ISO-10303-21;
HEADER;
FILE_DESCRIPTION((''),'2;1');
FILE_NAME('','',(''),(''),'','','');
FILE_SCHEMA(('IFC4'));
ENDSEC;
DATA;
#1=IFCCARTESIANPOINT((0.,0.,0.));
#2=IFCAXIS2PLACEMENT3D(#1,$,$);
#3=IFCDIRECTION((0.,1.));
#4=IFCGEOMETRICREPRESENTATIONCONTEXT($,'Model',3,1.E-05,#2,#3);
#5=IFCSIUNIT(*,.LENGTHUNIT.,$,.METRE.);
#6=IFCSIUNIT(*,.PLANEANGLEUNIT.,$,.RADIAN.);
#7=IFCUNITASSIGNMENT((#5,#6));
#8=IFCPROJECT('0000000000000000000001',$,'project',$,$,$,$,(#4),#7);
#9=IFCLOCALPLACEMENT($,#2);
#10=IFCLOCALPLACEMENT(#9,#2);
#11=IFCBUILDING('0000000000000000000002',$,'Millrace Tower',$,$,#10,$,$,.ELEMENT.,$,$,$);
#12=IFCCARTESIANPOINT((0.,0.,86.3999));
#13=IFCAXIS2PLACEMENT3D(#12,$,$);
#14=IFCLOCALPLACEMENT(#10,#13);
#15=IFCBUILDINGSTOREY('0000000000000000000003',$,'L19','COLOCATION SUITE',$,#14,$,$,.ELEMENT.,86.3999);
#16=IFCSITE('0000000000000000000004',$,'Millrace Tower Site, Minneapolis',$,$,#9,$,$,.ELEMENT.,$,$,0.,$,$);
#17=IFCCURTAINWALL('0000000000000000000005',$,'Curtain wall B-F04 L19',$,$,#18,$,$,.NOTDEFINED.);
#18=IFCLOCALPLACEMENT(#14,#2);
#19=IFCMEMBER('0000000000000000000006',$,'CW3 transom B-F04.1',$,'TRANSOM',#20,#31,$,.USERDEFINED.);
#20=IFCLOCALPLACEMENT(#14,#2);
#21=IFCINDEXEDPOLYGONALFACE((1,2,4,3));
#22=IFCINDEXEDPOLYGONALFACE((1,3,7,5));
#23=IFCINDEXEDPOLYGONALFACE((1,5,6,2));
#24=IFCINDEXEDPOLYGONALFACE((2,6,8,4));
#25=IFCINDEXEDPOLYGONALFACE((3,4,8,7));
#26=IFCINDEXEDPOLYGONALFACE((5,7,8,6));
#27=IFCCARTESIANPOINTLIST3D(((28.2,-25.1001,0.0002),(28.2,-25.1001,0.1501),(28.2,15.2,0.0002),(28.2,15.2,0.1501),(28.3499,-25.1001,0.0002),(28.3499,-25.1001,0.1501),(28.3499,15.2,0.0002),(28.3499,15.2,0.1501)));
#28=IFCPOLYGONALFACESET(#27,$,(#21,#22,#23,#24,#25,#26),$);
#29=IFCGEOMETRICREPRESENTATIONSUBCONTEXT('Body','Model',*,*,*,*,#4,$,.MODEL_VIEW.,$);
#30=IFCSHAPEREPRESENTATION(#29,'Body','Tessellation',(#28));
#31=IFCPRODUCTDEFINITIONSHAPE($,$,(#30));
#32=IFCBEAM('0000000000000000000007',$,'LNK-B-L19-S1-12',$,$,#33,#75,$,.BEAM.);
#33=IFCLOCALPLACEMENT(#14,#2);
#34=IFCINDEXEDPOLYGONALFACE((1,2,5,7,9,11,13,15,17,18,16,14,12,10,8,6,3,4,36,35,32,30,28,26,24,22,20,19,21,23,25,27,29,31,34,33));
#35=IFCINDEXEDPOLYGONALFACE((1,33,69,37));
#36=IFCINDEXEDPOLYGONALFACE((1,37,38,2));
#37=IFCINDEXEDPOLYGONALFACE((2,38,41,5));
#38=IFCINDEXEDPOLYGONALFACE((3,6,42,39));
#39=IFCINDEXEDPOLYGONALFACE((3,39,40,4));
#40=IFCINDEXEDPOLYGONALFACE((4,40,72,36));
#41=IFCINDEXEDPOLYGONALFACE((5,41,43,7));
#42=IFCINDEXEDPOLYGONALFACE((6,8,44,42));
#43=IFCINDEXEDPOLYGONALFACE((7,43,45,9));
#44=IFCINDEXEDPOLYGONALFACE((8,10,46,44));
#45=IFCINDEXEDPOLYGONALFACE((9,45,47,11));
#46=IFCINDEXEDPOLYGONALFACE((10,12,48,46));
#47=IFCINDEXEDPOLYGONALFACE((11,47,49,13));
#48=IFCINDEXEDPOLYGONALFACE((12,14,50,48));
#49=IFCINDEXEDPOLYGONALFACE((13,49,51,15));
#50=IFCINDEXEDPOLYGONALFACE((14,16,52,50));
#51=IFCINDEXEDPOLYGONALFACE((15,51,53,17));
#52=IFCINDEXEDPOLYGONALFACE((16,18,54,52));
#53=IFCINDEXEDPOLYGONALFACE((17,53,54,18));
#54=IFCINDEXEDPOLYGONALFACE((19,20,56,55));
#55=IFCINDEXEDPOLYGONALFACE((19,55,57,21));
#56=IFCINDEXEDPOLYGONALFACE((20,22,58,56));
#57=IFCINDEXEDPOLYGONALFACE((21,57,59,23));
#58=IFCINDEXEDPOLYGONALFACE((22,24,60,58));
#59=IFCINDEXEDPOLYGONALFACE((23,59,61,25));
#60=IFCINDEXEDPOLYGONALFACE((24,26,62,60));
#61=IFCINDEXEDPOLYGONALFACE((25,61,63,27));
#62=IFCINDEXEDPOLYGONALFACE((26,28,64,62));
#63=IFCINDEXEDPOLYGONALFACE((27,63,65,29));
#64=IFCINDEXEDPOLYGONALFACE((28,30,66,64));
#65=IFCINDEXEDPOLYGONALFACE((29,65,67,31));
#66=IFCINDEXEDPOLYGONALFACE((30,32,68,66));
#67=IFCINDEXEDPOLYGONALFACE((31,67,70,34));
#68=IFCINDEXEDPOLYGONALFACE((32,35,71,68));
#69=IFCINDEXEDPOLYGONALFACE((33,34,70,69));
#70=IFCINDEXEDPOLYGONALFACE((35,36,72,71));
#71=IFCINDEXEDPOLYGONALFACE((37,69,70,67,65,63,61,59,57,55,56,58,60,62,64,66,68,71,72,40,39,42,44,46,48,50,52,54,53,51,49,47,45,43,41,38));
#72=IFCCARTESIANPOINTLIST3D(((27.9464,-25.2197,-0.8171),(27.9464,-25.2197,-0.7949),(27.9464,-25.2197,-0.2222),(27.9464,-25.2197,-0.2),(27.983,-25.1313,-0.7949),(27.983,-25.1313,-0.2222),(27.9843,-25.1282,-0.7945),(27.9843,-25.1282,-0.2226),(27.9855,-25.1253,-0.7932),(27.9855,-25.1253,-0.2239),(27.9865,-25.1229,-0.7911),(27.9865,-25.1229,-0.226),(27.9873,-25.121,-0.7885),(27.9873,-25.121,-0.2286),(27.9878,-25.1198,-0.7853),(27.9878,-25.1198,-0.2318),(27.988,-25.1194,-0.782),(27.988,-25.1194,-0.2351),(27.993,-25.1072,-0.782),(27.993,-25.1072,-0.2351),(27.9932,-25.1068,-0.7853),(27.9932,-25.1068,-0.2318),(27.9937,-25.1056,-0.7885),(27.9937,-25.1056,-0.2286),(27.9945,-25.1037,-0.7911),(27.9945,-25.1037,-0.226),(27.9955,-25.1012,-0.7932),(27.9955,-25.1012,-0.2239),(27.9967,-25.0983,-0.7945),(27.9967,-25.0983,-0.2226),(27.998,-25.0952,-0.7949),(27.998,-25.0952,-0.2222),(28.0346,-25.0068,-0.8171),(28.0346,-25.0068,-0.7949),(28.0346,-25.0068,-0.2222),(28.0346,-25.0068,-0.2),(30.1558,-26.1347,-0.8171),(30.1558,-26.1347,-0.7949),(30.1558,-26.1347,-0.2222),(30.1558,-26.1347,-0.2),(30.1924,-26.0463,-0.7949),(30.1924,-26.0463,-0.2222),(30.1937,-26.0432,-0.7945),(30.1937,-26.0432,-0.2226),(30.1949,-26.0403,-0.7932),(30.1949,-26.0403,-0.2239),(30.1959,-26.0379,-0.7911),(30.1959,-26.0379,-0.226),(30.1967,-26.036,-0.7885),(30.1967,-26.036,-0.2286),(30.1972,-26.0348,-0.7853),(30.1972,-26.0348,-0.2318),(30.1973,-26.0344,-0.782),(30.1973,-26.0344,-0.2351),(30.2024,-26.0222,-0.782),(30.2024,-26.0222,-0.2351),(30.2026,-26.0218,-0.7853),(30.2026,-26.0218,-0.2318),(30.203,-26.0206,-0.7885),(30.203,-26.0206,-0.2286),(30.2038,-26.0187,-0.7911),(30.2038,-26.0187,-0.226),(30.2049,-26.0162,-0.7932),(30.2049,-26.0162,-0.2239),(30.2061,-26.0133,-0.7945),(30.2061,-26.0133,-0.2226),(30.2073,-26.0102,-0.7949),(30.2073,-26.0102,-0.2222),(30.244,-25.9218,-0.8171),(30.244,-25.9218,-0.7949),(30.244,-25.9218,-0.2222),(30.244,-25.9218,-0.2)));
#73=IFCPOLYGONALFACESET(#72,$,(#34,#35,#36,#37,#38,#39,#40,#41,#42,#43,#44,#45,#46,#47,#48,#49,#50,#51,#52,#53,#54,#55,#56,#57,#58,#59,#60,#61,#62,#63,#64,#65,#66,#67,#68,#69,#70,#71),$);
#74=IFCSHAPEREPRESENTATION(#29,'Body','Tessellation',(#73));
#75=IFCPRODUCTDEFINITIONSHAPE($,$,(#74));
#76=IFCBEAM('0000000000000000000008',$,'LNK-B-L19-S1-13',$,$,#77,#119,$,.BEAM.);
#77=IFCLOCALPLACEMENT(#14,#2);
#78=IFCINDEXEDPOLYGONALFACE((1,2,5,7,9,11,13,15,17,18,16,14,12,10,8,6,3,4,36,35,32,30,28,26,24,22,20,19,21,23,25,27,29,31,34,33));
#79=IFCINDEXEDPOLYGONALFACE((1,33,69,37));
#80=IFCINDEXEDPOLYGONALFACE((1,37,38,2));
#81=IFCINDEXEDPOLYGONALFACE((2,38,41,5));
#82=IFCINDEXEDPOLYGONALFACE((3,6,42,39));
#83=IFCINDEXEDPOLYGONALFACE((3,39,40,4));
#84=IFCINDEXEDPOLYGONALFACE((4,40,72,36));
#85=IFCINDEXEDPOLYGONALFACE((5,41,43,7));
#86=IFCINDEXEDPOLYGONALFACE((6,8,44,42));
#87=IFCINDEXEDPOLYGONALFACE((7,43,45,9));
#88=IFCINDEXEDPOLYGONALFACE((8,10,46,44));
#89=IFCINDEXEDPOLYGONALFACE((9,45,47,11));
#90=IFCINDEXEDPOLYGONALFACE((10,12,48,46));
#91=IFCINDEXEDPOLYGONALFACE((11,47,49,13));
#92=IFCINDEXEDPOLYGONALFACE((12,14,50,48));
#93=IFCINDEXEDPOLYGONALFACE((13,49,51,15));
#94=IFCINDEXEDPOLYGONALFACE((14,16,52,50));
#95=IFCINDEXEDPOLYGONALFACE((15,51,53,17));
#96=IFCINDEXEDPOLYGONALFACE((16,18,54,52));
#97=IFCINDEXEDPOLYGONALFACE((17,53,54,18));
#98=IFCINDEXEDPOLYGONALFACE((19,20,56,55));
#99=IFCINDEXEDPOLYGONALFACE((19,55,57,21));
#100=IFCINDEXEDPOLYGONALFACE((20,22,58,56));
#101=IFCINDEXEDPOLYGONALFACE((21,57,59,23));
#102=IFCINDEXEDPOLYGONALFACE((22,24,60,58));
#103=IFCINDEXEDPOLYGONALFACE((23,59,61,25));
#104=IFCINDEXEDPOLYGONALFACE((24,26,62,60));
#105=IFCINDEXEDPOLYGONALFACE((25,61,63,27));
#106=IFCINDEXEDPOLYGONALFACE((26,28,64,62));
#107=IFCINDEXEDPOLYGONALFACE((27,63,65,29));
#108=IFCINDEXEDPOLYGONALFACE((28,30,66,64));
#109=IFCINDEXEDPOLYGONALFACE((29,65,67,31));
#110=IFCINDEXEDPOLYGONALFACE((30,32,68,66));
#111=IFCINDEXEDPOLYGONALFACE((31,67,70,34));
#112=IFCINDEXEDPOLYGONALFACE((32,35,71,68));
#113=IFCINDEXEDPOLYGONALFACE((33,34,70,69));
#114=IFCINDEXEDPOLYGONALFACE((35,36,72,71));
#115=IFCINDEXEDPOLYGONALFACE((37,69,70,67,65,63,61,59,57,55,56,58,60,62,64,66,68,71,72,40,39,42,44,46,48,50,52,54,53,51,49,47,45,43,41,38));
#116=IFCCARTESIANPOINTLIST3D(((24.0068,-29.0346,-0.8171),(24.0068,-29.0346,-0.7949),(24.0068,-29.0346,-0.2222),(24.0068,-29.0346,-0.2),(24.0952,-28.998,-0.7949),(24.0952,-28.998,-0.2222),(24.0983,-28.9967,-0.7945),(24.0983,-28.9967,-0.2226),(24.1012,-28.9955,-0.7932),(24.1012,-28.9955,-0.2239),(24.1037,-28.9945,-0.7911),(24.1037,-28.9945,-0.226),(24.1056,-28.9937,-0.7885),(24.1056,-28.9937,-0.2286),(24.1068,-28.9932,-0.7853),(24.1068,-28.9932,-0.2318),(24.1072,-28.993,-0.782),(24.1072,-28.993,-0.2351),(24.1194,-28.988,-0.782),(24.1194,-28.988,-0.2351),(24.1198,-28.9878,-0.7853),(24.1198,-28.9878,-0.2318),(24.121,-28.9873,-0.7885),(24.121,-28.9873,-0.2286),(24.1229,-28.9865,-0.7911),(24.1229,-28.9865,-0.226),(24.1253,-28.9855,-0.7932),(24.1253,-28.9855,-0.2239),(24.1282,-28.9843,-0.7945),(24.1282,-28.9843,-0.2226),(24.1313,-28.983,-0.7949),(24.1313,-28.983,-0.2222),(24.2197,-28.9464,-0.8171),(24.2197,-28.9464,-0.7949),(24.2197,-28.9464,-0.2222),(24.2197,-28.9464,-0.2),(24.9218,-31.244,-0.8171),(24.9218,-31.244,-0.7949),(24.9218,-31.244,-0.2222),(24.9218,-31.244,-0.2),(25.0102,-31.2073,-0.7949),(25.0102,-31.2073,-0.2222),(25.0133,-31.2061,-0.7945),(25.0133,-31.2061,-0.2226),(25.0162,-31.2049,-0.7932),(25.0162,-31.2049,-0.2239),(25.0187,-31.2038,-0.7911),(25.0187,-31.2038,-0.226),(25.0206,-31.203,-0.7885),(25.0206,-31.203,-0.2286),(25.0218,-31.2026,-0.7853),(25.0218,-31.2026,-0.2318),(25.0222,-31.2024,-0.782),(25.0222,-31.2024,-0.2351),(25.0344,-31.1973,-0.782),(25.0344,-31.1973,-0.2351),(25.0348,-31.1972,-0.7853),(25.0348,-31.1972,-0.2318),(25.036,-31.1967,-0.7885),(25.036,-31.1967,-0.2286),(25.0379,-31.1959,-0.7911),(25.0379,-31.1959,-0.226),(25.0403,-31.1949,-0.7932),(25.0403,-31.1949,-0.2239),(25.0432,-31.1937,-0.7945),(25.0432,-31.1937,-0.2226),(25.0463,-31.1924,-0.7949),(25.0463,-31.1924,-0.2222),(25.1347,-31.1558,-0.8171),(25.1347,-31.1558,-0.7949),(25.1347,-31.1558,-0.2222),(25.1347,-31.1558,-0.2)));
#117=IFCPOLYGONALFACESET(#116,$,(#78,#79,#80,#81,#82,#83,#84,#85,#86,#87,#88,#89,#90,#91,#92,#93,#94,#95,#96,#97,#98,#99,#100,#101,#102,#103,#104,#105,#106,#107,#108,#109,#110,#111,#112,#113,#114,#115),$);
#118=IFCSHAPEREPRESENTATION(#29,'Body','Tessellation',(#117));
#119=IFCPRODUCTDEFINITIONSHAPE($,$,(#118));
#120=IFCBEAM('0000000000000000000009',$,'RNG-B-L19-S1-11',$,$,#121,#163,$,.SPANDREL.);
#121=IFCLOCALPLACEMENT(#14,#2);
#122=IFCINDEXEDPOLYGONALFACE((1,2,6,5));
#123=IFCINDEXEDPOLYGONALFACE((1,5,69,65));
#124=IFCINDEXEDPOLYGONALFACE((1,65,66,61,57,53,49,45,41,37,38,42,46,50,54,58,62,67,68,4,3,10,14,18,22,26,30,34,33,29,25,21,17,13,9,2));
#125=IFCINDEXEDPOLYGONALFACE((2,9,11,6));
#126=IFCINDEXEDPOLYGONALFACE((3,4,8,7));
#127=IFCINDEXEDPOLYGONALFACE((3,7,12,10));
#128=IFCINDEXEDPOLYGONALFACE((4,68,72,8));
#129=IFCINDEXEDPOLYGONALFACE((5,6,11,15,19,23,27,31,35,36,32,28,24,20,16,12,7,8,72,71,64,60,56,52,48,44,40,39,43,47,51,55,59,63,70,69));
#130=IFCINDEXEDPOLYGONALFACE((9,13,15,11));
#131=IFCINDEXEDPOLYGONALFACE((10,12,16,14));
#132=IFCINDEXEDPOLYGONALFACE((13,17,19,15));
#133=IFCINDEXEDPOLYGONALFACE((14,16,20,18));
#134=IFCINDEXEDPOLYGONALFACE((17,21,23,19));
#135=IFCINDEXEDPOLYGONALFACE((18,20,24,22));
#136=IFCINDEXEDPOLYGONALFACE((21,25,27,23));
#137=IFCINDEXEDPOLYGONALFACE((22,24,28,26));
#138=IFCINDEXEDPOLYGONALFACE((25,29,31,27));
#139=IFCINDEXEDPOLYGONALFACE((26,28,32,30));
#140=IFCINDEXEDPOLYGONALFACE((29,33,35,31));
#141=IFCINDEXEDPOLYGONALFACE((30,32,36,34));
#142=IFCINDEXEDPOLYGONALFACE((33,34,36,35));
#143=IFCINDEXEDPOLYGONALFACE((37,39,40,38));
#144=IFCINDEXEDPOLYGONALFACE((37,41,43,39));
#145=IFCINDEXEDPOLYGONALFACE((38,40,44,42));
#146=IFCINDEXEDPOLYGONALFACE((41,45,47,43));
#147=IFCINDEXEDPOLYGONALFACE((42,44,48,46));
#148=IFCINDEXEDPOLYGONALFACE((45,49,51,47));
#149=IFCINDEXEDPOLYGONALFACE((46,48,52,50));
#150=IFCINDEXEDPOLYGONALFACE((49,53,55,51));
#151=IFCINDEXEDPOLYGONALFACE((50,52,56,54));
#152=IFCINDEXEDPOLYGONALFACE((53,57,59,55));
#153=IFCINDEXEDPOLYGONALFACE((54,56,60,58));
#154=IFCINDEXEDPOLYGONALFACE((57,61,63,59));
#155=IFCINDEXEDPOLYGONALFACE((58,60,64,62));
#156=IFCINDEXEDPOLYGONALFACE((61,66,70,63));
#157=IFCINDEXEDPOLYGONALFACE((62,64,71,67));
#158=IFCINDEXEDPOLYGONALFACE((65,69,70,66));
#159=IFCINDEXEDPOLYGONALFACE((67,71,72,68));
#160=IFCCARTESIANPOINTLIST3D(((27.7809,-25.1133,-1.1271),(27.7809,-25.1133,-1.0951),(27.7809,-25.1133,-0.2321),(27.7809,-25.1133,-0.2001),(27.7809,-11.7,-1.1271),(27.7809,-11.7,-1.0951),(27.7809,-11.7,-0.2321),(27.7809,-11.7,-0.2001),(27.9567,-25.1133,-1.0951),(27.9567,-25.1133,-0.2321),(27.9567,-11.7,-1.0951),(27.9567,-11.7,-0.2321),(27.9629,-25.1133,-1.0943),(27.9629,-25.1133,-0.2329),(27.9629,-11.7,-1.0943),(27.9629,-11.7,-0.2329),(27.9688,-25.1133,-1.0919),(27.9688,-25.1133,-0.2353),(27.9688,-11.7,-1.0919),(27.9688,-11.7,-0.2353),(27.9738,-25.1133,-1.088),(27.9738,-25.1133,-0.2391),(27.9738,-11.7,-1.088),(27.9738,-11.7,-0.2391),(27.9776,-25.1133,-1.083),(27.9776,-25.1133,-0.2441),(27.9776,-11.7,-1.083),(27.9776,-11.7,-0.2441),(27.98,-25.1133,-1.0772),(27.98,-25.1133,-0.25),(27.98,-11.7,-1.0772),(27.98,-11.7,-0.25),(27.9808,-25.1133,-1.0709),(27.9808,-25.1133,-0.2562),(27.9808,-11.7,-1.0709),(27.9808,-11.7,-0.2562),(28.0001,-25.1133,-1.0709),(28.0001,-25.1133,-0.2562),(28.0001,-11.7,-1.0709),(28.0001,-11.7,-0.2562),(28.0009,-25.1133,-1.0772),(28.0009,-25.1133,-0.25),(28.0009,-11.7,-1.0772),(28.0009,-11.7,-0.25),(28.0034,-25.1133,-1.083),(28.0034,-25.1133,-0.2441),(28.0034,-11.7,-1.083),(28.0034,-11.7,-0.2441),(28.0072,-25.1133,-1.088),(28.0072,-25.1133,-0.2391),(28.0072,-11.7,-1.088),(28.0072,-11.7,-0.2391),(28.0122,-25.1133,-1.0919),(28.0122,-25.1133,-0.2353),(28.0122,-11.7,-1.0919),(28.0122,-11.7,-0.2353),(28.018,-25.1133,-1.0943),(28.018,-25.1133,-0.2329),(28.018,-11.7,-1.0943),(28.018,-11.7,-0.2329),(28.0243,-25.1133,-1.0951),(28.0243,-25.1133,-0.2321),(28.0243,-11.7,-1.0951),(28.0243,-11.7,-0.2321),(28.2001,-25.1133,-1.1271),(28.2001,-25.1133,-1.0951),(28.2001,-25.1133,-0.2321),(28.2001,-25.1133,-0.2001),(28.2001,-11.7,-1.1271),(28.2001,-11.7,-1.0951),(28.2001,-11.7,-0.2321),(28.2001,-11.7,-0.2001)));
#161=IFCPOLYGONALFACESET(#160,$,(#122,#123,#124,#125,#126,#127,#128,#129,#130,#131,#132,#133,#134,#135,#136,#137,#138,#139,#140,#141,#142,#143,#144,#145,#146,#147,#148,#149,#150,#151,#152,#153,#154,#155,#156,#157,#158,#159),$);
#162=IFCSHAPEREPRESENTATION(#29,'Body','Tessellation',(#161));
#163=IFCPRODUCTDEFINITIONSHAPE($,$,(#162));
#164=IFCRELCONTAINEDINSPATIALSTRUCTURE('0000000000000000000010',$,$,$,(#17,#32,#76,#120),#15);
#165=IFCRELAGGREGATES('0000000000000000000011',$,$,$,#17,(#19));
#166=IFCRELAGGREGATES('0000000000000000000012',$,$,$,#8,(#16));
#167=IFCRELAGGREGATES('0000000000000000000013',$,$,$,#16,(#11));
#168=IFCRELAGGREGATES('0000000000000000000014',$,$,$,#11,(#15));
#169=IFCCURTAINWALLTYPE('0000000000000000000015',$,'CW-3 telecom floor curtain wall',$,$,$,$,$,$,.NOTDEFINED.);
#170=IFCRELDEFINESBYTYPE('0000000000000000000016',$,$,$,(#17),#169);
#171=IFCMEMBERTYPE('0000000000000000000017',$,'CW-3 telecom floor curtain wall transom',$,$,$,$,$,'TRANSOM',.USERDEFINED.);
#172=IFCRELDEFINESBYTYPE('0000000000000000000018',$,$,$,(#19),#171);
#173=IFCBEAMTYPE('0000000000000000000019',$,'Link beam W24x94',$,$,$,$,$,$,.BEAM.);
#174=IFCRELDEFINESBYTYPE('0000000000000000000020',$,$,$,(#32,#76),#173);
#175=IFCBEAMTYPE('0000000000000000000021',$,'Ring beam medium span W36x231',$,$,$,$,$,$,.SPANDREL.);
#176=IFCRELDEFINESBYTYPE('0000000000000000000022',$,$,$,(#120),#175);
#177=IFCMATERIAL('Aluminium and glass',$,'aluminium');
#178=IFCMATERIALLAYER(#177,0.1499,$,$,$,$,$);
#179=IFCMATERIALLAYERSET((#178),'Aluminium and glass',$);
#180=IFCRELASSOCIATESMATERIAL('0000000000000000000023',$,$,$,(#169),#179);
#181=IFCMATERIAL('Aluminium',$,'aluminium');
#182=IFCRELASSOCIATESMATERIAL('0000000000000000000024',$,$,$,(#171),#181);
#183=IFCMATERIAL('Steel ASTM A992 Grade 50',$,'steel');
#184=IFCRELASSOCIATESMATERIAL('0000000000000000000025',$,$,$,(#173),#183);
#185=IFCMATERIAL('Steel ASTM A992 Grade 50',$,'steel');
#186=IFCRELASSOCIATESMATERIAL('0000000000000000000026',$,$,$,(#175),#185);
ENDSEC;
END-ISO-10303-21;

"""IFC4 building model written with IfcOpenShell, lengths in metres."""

from ifc_helpers import new_model, si_unit, direction, frame, origin, origin_2d, place, context, subcontext, project, spatial, rectangle, i_section, extrude, material, layer, layer_set, material_profile, profile_set, type_object, element, aggregate, save


model = new_model("IFC4")

# Units and contexts
model_context = context("Model", 3, precision=1e-05, world=origin(), true_north=direction((0.0, 1.0)))
body_context = subcontext(model_context, "Body", "Model", "MODEL_VIEW")
ifc_project = project(units=[si_unit("LENGTHUNIT", "METRE"), si_unit("PLANEANGLEUNIT", "RADIAN")], contexts=[model_context])

# Site, building, storey
site_placement = place(None, origin())
site = spatial("IfcSite", under=ifc_project, at=site_placement, Name="Millrace Tower Site, Minneapolis", CompositionType="ELEMENT", RefElevation=0.0)
building_placement = place(site_placement, origin())
building = spatial("IfcBuilding", under=site, at=building_placement, Name="Millrace Tower", CompositionType="ELEMENT")
storey_placement = place(building_placement, frame((0.0, 0.0, 86.3999)))
storey = spatial("IfcBuildingStorey", under=building, at=storey_placement, Name="L19", Description="COLOCATION SUITE", CompositionType="ELEMENT", Elevation=86.3999)

# Shared definitions
ifc_material_1 = material(Name="Aluminium and glass", Category="aluminium")
ifc_layer_1 = layer(ifc_material_1, 0.1499)
ifc_layer_set_1 = layer_set([ifc_layer_1], Name="Aluminium and glass")
curtain_wall_type = type_object("IfcCurtainWallType", Name="CW-3 telecom floor curtain wall", PredefinedType="NOTDEFINED", material=ifc_layer_set_1)
placement = place(storey_placement, origin())

# Curtain wall
curtain_wall_1 = element("IfcCurtainWall", 1, at=placement, inside=storey, type_object=curtain_wall_type, Name="Curtain wall B-F04 L19", PredefinedType="NOTDEFINED")

# Member
ifc_material_2 = material(Name="Aluminium", Category="aluminium")
ifc_material_profile_1 = material_profile(ifc_material_2, rectangle(XDim=0.1499, YDim=0.1499, at=origin_2d()))
ifc_profile_set_1 = profile_set([ifc_material_profile_1], Name="Aluminium")
member_type_1 = type_object("IfcMemberType", Name="CW-3 telecom floor curtain wall transom", ElementType="TRANSOM", PredefinedType="USERDEFINED", material=ifc_profile_set_1)
member_1_placement = place(storey_placement, frame((28.2749, -25.1001, 0.0752), z_axis=(0.0, 1.0, 0.0), x_axis=(-1.0, 0.0, 0.0)))
member_1 = element("IfcMember", 2, at=member_1_placement, type_object=member_type_1, Name="CW3 transom B-F04.1", ObjectType="TRANSOM", PredefinedType="USERDEFINED", context=body_context, shape_type="SweptSolid", body=[
    extrude(rectangle(XDim=0.1499, YDim=0.1499, at=origin_2d()), origin(), (0.0, 0.0, 1.0), 40.3),
])
aggregate(curtain_wall_1, [member_1])

# Beams
ifc_material_3 = material(Name="Steel ASTM A992 Grade 50", Category="steel")
ifc_material_profile_2 = material_profile(ifc_material_3, i_section(OverallWidth=0.2305, OverallDepth=0.6172, WebThickness=0.0132, FlangeThickness=0.0222, FilletRadius=0.0129, at=origin_2d()))
ifc_profile_set_2 = profile_set([ifc_material_profile_2], Name="Steel ASTM A992 Grade 50")
beam_type_1 = type_object("IfcBeamType", Name="Link beam W24x94", PredefinedType="BEAM", material=ifc_profile_set_2)
for number, where, z_axis, x_axis, name in (
    (3, (27.9905, -25.1133, -0.5085), (0.923902, -0.382628, 0.0), (0.382628, 0.923902, 0.0), "LNK-B-L19-S1-12"),
    (4, (24.1133, -28.9905, -0.5085), (0.382628, -0.923902, 0.0), (0.923902, 0.382628, 0.0), "LNK-B-L19-S1-13"),
):
    element("IfcBeam", number, at=place(storey_placement, frame(where, z_axis=z_axis, x_axis=x_axis)), inside=storey, type_object=beam_type_1, Name=name, PredefinedType="BEAM", context=body_context, shape_type="SweptSolid", body=[
        extrude(i_section(OverallWidth=0.2305, OverallDepth=0.6172, WebThickness=0.0132, FlangeThickness=0.0222, FilletRadius=0.0129, at=origin_2d()), origin(), (0.0, 0.0, 1.0), 2.3914),
    ])
ifc_material_4 = material(Name="Steel ASTM A992 Grade 50", Category="steel")
ifc_material_profile_3 = material_profile(ifc_material_4, i_section(OverallWidth=0.4192, OverallDepth=0.927, WebThickness=0.0193, FlangeThickness=0.032, FilletRadius=0.0242, at=origin_2d()))
ifc_profile_set_3 = profile_set([ifc_material_profile_3], Name="Steel ASTM A992 Grade 50")
beam_type_2 = type_object("IfcBeamType", Name="Ring beam medium span W36x231", PredefinedType="SPANDREL", material=ifc_profile_set_3)
for number, where, z_axis, x_axis, name in (
    (5, (27.9905, -11.7, -0.6636), (0.0, -1.0, 0.0), (1.0, 0.0, 0.0), "RNG-B-L19-S1-11"),
):
    element("IfcBeam", number, at=place(storey_placement, frame(where, z_axis=z_axis, x_axis=x_axis)), inside=storey, type_object=beam_type_2, Name=name, PredefinedType="SPANDREL", context=body_context, shape_type="SweptSolid", body=[
        extrude(i_section(OverallWidth=0.4192, OverallDepth=0.927, WebThickness=0.0193, FlangeThickness=0.032, FilletRadius=0.0242, at=origin_2d()), origin(), (0.0, 0.0, 1.0), 13.4133),
    ])

save(model, "model.ifc")
